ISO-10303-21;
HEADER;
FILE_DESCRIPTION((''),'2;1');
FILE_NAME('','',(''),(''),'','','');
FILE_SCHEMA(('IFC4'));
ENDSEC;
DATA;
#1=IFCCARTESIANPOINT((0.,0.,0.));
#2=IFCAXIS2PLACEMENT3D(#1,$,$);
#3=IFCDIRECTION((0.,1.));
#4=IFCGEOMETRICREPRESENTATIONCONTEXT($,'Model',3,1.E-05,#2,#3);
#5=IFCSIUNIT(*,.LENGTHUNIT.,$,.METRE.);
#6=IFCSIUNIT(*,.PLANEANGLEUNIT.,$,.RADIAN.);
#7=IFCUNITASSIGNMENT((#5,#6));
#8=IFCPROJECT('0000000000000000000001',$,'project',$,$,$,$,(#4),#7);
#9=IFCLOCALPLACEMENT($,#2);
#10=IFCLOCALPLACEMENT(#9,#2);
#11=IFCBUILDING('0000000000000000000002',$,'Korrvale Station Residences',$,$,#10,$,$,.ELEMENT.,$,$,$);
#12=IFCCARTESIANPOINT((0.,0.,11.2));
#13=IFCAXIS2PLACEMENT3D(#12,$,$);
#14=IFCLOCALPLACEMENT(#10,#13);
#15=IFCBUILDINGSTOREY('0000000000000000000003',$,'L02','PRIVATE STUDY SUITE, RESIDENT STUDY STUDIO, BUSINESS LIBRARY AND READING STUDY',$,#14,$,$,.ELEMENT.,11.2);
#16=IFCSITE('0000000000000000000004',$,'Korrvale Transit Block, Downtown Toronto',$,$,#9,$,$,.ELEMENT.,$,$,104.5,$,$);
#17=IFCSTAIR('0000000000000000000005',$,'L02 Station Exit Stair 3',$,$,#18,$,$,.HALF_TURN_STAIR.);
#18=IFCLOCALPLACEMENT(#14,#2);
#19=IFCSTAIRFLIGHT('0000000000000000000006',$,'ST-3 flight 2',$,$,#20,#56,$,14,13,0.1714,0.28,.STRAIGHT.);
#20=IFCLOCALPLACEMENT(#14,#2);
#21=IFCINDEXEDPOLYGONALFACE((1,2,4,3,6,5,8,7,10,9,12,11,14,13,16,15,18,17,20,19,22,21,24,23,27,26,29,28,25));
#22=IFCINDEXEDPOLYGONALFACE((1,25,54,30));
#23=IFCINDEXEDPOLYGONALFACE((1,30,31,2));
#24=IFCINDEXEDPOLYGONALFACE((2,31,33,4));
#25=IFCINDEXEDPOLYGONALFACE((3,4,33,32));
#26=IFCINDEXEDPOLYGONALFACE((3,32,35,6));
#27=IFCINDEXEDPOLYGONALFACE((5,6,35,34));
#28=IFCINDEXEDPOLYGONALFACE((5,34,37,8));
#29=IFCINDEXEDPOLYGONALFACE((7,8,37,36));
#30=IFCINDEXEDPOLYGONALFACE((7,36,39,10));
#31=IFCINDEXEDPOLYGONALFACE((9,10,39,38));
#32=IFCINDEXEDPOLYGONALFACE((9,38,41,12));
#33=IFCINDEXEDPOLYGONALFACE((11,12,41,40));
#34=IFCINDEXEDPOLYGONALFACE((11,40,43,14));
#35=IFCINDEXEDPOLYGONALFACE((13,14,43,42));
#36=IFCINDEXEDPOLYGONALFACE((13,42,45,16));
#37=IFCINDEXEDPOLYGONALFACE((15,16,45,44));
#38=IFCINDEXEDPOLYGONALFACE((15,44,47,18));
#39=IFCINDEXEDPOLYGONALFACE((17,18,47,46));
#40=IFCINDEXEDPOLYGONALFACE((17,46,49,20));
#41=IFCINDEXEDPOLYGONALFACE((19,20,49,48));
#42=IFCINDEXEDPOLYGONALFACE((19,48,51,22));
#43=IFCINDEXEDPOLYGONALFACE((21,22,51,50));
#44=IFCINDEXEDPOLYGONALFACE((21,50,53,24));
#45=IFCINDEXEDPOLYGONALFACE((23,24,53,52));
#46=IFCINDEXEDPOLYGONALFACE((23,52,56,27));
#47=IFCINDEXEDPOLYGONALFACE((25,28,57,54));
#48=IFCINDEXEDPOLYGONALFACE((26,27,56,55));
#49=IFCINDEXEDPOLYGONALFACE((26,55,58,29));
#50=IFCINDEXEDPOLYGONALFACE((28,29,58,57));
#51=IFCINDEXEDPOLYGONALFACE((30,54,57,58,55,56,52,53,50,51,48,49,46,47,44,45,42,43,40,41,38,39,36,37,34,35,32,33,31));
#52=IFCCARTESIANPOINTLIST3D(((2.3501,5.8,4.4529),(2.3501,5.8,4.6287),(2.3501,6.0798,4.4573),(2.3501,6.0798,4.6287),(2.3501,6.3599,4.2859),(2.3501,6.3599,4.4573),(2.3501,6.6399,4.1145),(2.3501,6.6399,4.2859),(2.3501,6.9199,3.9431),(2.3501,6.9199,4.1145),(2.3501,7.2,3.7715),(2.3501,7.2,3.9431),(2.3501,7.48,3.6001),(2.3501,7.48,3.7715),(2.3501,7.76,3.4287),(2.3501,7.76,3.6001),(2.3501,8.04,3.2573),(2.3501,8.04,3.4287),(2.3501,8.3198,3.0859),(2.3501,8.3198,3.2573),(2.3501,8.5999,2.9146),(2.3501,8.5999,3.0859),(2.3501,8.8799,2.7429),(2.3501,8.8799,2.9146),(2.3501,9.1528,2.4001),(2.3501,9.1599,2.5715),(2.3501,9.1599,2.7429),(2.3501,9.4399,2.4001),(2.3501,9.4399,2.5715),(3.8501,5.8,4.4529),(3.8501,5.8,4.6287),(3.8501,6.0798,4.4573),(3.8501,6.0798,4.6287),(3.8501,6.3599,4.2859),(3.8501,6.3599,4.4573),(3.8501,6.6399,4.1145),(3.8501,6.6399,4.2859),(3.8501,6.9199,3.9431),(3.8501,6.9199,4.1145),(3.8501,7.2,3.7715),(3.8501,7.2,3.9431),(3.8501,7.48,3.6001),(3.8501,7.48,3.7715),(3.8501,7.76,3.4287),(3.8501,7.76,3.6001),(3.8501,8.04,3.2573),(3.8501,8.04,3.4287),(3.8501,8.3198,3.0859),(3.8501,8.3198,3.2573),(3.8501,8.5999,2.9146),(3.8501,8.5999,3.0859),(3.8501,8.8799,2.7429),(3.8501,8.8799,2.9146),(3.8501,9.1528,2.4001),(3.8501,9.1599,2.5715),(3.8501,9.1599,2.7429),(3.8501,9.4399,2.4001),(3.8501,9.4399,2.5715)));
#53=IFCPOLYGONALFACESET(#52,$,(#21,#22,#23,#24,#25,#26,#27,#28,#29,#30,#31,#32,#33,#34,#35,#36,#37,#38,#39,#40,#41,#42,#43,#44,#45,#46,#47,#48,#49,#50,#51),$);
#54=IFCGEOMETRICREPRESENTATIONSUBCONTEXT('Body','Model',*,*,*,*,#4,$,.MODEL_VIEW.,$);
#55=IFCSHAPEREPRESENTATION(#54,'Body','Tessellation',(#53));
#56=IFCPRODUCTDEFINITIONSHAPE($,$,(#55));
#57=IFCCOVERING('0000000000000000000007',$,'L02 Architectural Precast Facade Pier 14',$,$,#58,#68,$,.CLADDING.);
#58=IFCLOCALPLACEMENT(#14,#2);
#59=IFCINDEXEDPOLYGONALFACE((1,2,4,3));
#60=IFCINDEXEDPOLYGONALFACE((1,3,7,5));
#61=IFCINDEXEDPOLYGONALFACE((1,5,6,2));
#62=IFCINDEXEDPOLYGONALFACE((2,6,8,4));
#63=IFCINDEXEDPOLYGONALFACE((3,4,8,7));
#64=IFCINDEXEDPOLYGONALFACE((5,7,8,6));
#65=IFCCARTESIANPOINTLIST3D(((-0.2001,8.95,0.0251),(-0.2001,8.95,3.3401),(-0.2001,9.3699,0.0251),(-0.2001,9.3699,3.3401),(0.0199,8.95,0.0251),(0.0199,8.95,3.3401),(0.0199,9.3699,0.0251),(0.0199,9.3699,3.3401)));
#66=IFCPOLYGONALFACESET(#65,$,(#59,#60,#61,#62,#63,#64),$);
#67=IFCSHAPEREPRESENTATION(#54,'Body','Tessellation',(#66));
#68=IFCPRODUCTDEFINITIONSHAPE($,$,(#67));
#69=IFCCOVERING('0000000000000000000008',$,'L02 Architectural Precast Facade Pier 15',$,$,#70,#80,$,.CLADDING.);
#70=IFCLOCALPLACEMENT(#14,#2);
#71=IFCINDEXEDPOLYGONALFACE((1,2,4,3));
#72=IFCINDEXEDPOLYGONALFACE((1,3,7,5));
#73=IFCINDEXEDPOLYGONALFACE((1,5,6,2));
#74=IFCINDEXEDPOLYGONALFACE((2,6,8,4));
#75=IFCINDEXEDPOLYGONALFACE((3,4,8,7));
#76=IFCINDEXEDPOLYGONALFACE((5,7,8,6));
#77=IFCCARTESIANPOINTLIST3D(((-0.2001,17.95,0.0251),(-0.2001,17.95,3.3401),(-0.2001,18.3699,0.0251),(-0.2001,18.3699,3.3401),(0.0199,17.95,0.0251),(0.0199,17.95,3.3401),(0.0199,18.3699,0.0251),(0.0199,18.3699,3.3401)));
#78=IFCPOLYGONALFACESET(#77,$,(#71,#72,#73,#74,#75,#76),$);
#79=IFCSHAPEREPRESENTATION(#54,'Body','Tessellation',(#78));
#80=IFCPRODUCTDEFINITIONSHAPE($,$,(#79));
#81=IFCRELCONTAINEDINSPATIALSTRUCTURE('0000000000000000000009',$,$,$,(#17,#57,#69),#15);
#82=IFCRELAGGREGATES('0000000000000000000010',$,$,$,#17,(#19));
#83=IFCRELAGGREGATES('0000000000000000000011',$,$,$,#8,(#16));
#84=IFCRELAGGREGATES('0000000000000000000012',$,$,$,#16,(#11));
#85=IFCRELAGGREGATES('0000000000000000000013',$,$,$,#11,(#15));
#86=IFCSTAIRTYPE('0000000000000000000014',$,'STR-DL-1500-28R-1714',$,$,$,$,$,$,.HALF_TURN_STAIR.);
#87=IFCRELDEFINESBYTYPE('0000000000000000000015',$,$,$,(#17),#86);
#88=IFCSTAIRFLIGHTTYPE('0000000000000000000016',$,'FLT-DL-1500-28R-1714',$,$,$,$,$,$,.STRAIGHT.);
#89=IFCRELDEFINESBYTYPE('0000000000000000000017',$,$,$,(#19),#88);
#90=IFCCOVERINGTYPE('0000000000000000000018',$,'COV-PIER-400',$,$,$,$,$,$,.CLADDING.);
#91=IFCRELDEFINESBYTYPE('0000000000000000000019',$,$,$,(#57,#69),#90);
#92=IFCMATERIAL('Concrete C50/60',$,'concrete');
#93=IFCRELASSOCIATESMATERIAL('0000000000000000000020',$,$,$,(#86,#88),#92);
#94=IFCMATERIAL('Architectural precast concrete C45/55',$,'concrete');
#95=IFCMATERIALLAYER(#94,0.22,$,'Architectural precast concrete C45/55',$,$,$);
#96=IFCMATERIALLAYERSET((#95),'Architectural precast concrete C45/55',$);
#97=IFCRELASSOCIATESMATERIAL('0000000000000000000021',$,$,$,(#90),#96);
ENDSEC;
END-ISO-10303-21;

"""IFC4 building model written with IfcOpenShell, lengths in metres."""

from ifc_helpers import new_model, si_unit, direction, frame, origin, origin_2d, place, context, subcontext, project, spatial, polyline, rectangle, outline, extrude, material, layer, layer_set, type_object, element, aggregate, save


model = new_model("IFC4")

# Units and contexts
model_context = context("Model", 3, precision=1e-05, world=origin(), true_north=direction((0.0, 1.0)))
body_context = subcontext(model_context, "Body", "Model", "MODEL_VIEW")
ifc_project = project(units=[si_unit("LENGTHUNIT", "METRE"), si_unit("PLANEANGLEUNIT", "RADIAN")], contexts=[model_context])

# Site, building, storey
site_placement = place(None, origin())
site = spatial("IfcSite", under=ifc_project, at=site_placement, Name="Korrvale Transit Block, Downtown Toronto", CompositionType="ELEMENT", RefElevation=104.5)
building_placement = place(site_placement, origin())
building = spatial("IfcBuilding", under=site, at=building_placement, Name="Korrvale Station Residences", CompositionType="ELEMENT")
storey_placement = place(building_placement, frame((0.0, 0.0, 11.2)))
storey = spatial("IfcBuildingStorey", under=building, at=storey_placement, Name="L02", Description="PRIVATE STUDY SUITE, RESIDENT STUDY STUDIO, BUSINESS LIBRARY AND READING STUDY", CompositionType="ELEMENT", Elevation=11.2)

# Stair, stair flight
ifc_material_1 = material(Name="Concrete C50/60", Category="concrete")
stair_type = type_object("IfcStairType", Name="STR-DL-1500-28R-1714", PredefinedType="HALF_TURN_STAIR", material=ifc_material_1)
stair_placement = place(storey_placement, origin())
stair = element("IfcStair", 1, at=stair_placement, inside=storey, type_object=stair_type, Name="L02 Station Exit Stair 3", PredefinedType="HALF_TURN_STAIR")
stair_flight_type = type_object("IfcStairFlightType", Name="FLT-DL-1500-28R-1714", PredefinedType="STRAIGHT", material=ifc_material_1)
stair_flight_placement = place(storey_placement, frame((3.1001, 9.4399, 2.4001), z_axis=(0.0, 0.0, 1.0), x_axis=(0.0, -1.0, 0.0)))
stair_flight = element("IfcStairFlight", 2, at=stair_flight_placement, type_object=stair_flight_type, Name="ST-3 flight 2", NumberOfRisers=14, NumberOfTreads=13, PredefinedType="STRAIGHT", RiserHeight=0.1714, TreadLength=0.28, context=body_context, shape_type="SweptSolid", body=[
    extrude(outline(polyline([(0.0, 0.0), (0.0, 0.1714), (0.28, 0.1714), (0.28, 0.3428), (0.5601, 0.3428), (0.5601, 0.5144), (0.8401, 0.5144), (0.8401, 0.6858), (1.1201, 0.6858), (1.1201, 0.8572), (1.3999, 0.8572), (1.3999, 1.0286), (1.6799, 1.0286), (1.6799, 1.2), (1.96, 1.2), (1.96, 1.3713), (2.24, 1.3713), (2.24, 1.543), (2.52, 1.543), (2.52, 1.7144), (2.8, 1.7144), (2.8, 1.8857), (3.0801, 1.8857), (3.0801, 2.0571), (3.3601, 2.0571), (3.3601, 2.2285), (3.6399, 2.2285), (3.6399, 2.3999), (3.6399, 2.0527), (0.2871, 0.0), (0.0, 0.0)])), frame((0.0, 0.75, 0.0), z_axis=(0.0, -1.0, 0.0), x_axis=(1.0, 0.0, 0.0)), (0.0, 0.0, 1.0), 1.5),
])
aggregate(stair, [stair_flight])

# Coverings
ifc_material_2 = material(Name="Architectural precast concrete C45/55", Category="concrete")
ifc_layer_1 = layer(ifc_material_2, 0.22, Name="Architectural precast concrete C45/55")
ifc_layer_set_1 = layer_set([ifc_layer_1], Name="Architectural precast concrete C45/55")
covering_type = type_object("IfcCoveringType", Name="COV-PIER-400", PredefinedType="CLADDING", material=ifc_layer_set_1)
for number, where, z_axis, x_axis, name in (
    (3, (-0.0901, 9.1599, 0.0251), (0.0, 0.0, 1.0), (0.0, 1.0, 0.0), "L02 Architectural Precast Facade Pier 14"),
    (4, (-0.0901, 18.1599, 0.0251), (0.0, 0.0, 1.0), (0.0, 1.0, 0.0), "L02 Architectural Precast Facade Pier 15"),
):
    element("IfcCovering", number, at=place(storey_placement, frame(where, z_axis=z_axis, x_axis=x_axis)), inside=storey, type_object=covering_type, Name=name, PredefinedType="CLADDING", context=body_context, shape_type="SweptSolid", body=[
        extrude(rectangle(XDim=0.4199, YDim=0.22, at=origin_2d()), origin(), (0.0, 0.0, 1.0), 3.3149),
    ])

save(model, "model.ifc")
